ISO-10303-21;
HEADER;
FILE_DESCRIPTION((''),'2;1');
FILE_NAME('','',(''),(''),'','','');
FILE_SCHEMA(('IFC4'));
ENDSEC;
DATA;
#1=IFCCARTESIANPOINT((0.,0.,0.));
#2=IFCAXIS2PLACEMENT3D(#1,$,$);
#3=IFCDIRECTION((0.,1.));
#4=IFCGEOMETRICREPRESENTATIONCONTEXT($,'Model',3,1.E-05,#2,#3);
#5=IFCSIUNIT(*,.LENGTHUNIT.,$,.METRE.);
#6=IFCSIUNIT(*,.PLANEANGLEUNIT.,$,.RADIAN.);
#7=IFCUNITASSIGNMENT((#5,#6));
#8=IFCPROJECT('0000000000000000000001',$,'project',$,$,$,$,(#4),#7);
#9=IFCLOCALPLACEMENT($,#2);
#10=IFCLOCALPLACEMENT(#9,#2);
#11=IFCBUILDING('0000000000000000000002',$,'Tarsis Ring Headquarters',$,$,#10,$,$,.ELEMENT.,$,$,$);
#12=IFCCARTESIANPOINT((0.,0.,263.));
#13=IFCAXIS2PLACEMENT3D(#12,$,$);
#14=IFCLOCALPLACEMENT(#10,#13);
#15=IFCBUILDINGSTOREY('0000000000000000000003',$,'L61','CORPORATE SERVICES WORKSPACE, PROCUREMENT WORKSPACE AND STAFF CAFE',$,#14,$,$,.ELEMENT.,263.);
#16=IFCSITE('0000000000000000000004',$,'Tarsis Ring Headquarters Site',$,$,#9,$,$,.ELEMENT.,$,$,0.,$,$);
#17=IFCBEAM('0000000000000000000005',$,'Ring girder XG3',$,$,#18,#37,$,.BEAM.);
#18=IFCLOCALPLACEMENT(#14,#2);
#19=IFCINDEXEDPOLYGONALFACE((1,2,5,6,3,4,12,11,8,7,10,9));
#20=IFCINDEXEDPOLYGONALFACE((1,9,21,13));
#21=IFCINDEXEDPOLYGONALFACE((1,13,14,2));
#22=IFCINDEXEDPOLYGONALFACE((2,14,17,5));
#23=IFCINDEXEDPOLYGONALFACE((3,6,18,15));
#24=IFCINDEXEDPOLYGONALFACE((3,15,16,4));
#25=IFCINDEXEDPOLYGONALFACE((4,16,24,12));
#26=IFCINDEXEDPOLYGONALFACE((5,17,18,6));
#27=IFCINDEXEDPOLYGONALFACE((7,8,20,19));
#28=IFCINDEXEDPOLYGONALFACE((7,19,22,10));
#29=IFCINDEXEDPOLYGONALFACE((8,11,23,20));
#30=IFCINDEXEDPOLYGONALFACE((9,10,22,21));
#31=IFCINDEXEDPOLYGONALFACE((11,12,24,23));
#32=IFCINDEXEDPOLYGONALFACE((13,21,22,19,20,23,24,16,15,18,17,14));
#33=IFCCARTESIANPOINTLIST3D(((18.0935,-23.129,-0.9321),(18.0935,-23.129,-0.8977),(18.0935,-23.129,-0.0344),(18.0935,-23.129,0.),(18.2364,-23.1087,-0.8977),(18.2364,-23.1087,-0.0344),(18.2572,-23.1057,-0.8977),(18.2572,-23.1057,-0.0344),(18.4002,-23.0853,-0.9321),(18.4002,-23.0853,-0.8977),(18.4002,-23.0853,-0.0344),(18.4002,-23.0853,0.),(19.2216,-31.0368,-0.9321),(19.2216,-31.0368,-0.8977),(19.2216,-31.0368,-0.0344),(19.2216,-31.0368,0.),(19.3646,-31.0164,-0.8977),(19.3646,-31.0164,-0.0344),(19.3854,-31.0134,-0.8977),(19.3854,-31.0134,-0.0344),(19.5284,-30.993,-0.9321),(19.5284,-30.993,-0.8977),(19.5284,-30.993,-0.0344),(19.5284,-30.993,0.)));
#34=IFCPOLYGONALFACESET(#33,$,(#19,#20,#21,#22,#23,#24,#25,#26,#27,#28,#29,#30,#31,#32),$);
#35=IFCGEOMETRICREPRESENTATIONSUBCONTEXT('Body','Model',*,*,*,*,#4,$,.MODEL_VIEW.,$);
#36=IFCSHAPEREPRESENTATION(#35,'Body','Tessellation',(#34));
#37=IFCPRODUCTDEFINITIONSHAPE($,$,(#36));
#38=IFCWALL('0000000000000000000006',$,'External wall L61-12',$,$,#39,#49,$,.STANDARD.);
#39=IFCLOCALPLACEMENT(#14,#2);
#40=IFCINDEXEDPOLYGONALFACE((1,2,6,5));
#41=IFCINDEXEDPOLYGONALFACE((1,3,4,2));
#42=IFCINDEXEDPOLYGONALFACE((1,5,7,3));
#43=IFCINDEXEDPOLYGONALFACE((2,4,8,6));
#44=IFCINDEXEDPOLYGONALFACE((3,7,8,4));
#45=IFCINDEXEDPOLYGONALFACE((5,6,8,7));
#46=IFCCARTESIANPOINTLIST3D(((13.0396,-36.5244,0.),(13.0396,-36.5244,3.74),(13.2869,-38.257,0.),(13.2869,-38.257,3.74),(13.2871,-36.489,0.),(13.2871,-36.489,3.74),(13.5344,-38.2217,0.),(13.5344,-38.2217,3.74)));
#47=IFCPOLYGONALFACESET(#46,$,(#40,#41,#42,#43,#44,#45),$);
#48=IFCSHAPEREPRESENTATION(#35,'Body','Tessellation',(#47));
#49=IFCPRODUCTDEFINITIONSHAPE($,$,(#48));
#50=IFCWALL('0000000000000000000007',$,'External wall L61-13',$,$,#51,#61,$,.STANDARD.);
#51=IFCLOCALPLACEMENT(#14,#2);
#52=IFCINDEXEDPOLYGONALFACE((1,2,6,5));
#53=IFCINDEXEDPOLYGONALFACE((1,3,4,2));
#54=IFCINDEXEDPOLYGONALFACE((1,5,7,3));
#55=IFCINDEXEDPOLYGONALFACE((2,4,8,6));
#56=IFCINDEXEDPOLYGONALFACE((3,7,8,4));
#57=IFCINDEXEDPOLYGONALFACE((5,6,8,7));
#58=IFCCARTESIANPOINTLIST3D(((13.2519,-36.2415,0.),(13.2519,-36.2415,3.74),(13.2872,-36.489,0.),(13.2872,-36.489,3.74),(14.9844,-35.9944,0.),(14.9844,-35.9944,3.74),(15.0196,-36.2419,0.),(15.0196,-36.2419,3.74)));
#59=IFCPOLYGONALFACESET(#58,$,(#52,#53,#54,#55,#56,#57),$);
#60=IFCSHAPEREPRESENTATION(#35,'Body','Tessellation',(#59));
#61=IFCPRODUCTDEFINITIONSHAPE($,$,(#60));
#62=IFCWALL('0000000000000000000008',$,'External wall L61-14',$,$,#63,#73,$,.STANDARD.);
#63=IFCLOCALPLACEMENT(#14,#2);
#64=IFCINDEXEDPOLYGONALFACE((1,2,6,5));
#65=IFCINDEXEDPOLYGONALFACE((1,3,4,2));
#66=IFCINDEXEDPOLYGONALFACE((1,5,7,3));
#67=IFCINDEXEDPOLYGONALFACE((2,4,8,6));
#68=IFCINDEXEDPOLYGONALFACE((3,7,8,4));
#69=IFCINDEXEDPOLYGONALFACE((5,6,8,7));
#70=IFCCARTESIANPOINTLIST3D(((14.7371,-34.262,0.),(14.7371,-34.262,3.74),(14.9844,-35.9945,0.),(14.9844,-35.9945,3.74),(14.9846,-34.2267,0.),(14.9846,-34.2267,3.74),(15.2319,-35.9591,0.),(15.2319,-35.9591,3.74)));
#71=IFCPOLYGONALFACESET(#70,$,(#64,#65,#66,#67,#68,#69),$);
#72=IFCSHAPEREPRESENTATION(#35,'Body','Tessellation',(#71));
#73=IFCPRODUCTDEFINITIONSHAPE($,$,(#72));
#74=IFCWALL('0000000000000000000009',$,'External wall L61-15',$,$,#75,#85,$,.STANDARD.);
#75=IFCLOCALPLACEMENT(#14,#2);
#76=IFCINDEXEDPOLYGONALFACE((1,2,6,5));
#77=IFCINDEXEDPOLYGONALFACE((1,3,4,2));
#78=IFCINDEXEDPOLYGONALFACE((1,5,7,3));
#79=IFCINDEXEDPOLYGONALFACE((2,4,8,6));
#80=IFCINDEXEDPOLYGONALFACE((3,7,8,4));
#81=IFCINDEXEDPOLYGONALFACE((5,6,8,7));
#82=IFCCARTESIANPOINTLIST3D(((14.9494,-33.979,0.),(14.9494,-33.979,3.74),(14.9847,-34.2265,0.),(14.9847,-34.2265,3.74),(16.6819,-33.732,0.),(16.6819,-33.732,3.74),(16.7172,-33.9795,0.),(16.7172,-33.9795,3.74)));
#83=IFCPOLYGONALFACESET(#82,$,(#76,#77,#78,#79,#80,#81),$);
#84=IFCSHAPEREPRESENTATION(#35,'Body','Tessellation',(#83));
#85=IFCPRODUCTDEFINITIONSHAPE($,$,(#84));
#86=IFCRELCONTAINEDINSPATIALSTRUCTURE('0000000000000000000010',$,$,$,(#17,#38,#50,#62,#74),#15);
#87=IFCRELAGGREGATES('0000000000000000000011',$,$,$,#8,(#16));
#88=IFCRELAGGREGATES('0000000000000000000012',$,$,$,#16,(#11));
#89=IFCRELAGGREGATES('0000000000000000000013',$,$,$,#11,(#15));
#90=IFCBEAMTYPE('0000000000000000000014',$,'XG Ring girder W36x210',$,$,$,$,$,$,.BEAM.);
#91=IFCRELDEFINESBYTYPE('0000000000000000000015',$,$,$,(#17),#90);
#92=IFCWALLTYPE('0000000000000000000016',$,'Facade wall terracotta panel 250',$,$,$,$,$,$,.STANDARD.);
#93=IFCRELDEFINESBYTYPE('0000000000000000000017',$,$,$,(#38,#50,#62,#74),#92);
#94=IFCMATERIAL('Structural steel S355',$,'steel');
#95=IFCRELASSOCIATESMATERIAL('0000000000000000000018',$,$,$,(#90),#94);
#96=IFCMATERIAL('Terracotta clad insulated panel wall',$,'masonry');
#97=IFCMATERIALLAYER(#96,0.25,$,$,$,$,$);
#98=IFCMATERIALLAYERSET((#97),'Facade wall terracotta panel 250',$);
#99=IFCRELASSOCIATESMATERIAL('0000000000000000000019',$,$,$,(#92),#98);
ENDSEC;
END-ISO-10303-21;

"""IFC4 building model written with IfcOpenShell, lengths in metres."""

from ifc_helpers import new_model, si_unit, direction, frame, frame_2d, origin, origin_2d, place, context, subcontext, project, spatial, rectangle, i_section, extrude, material, layer, layer_set, material_profile, profile_set, type_object, element, save


model = new_model("IFC4")

# Units and contexts
model_context = context("Model", 3, precision=1e-05, world=origin(), true_north=direction((0.0, 1.0)))
body_context = subcontext(model_context, "Body", "Model", "MODEL_VIEW")
ifc_project = project(units=[si_unit("LENGTHUNIT", "METRE"), si_unit("PLANEANGLEUNIT", "RADIAN")], contexts=[model_context])

# Site, building, storey
site_placement = place(None, origin())
site = spatial("IfcSite", under=ifc_project, at=site_placement, Name="Tarsis Ring Headquarters Site", CompositionType="ELEMENT", RefElevation=0.0)
building_placement = place(site_placement, origin())
building = spatial("IfcBuilding", under=site, at=building_placement, Name="Tarsis Ring Headquarters", CompositionType="ELEMENT")
storey_placement = place(building_placement, frame((0.0, 0.0, 263.0)))
storey = spatial("IfcBuildingStorey", under=building, at=storey_placement, Name="L61", Description="CORPORATE SERVICES WORKSPACE, PROCUREMENT WORKSPACE AND STAFF CAFE", CompositionType="ELEMENT", Elevation=263.0)

# Shared definitions
ifc_material_1 = material(Name="Structural steel S355", Category="steel")

# Beam
ifc_material_profile_1 = material_profile(ifc_material_1, i_section(OverallWidth=0.3098, OverallDepth=0.9321, WebThickness=0.021, FlangeThickness=0.0344, at=origin_2d()), Name="W36x210")
ifc_profile_set_1 = profile_set([ifc_material_profile_1], Name="Structural steel S355")
beam_type = type_object("IfcBeamType", Name="XG Ring girder W36x210", PredefinedType="BEAM", material=ifc_profile_set_1)
for number, where, z_axis, x_axis, name in (
    (1, (19.375, -31.0149, -0.4661), (-0.141237, 0.989976, 0.0), (-0.989976, -0.141237, 0.0), "Ring girder XG3"),
):
    element("IfcBeam", number, at=place(storey_placement, frame(where, z_axis=z_axis, x_axis=x_axis)), inside=storey, type_object=beam_type, Name=name, PredefinedType="BEAM", context=body_context, shape_type="SweptSolid", body=[
        extrude(i_section(OverallWidth=0.3098, OverallDepth=0.9321, WebThickness=0.021, FlangeThickness=0.0344, at=origin_2d()), origin(), (0.0, 0.0, 1.0), 7.9878),
    ])

# Walls
ifc_material_2 = material(Name="Terracotta clad insulated panel wall", Category="masonry")
ifc_layer = layer(ifc_material_2, 0.25)
ifc_layer_set = layer_set([ifc_layer], Name="Facade wall terracotta panel 250")
wall_type = type_object("IfcWallType", Name="Facade wall terracotta panel 250", PredefinedType="STANDARD", material=ifc_layer_set)
wall_1_placement = place(storey_placement, frame((13.4106, -38.2393, 0.0), z_axis=(0.0, 0.0, 1.0), x_axis=(-0.141304, 0.989966, 0.0)))
element("IfcWall", 2, at=wall_1_placement, inside=storey, type_object=wall_type, Name="External wall L61-12", PredefinedType="STANDARD", context=body_context, shape_type="SweptSolid", body=[
    extrude(rectangle(XDim=1.7502, YDim=0.25, at=frame_2d((0.875, 0.0))), origin(), (0.0, 0.0, 1.0), 3.74),
])
for number, where, z_axis, x_axis, name in (
    (3, (13.2695, -36.3652, 0.0), (0.0, 0.0, 1.0), (0.989983, 0.141187, 0.0), "External wall L61-13"),
    (4, (15.1082, -35.9768, 0.0), (0.0, 0.0, 1.0), (-0.141324, 0.989963, 0.0), "External wall L61-14"),
    (5, (14.967, -34.1028, 0.0), (0.0, 0.0, 1.0), (0.989983, 0.141187, 0.0), "External wall L61-15"),
):
    element("IfcWall", number, at=place(storey_placement, frame(where, z_axis=z_axis, x_axis=x_axis)), inside=storey, type_object=wall_type, Name=name, PredefinedType="STANDARD", context=body_context, shape_type="SweptSolid", body=[
        extrude(rectangle(XDim=1.75, YDim=0.25, at=frame_2d((0.875, 0.0))), origin(), (0.0, 0.0, 1.0), 3.74),
    ])

save(model, "model.ifc")
